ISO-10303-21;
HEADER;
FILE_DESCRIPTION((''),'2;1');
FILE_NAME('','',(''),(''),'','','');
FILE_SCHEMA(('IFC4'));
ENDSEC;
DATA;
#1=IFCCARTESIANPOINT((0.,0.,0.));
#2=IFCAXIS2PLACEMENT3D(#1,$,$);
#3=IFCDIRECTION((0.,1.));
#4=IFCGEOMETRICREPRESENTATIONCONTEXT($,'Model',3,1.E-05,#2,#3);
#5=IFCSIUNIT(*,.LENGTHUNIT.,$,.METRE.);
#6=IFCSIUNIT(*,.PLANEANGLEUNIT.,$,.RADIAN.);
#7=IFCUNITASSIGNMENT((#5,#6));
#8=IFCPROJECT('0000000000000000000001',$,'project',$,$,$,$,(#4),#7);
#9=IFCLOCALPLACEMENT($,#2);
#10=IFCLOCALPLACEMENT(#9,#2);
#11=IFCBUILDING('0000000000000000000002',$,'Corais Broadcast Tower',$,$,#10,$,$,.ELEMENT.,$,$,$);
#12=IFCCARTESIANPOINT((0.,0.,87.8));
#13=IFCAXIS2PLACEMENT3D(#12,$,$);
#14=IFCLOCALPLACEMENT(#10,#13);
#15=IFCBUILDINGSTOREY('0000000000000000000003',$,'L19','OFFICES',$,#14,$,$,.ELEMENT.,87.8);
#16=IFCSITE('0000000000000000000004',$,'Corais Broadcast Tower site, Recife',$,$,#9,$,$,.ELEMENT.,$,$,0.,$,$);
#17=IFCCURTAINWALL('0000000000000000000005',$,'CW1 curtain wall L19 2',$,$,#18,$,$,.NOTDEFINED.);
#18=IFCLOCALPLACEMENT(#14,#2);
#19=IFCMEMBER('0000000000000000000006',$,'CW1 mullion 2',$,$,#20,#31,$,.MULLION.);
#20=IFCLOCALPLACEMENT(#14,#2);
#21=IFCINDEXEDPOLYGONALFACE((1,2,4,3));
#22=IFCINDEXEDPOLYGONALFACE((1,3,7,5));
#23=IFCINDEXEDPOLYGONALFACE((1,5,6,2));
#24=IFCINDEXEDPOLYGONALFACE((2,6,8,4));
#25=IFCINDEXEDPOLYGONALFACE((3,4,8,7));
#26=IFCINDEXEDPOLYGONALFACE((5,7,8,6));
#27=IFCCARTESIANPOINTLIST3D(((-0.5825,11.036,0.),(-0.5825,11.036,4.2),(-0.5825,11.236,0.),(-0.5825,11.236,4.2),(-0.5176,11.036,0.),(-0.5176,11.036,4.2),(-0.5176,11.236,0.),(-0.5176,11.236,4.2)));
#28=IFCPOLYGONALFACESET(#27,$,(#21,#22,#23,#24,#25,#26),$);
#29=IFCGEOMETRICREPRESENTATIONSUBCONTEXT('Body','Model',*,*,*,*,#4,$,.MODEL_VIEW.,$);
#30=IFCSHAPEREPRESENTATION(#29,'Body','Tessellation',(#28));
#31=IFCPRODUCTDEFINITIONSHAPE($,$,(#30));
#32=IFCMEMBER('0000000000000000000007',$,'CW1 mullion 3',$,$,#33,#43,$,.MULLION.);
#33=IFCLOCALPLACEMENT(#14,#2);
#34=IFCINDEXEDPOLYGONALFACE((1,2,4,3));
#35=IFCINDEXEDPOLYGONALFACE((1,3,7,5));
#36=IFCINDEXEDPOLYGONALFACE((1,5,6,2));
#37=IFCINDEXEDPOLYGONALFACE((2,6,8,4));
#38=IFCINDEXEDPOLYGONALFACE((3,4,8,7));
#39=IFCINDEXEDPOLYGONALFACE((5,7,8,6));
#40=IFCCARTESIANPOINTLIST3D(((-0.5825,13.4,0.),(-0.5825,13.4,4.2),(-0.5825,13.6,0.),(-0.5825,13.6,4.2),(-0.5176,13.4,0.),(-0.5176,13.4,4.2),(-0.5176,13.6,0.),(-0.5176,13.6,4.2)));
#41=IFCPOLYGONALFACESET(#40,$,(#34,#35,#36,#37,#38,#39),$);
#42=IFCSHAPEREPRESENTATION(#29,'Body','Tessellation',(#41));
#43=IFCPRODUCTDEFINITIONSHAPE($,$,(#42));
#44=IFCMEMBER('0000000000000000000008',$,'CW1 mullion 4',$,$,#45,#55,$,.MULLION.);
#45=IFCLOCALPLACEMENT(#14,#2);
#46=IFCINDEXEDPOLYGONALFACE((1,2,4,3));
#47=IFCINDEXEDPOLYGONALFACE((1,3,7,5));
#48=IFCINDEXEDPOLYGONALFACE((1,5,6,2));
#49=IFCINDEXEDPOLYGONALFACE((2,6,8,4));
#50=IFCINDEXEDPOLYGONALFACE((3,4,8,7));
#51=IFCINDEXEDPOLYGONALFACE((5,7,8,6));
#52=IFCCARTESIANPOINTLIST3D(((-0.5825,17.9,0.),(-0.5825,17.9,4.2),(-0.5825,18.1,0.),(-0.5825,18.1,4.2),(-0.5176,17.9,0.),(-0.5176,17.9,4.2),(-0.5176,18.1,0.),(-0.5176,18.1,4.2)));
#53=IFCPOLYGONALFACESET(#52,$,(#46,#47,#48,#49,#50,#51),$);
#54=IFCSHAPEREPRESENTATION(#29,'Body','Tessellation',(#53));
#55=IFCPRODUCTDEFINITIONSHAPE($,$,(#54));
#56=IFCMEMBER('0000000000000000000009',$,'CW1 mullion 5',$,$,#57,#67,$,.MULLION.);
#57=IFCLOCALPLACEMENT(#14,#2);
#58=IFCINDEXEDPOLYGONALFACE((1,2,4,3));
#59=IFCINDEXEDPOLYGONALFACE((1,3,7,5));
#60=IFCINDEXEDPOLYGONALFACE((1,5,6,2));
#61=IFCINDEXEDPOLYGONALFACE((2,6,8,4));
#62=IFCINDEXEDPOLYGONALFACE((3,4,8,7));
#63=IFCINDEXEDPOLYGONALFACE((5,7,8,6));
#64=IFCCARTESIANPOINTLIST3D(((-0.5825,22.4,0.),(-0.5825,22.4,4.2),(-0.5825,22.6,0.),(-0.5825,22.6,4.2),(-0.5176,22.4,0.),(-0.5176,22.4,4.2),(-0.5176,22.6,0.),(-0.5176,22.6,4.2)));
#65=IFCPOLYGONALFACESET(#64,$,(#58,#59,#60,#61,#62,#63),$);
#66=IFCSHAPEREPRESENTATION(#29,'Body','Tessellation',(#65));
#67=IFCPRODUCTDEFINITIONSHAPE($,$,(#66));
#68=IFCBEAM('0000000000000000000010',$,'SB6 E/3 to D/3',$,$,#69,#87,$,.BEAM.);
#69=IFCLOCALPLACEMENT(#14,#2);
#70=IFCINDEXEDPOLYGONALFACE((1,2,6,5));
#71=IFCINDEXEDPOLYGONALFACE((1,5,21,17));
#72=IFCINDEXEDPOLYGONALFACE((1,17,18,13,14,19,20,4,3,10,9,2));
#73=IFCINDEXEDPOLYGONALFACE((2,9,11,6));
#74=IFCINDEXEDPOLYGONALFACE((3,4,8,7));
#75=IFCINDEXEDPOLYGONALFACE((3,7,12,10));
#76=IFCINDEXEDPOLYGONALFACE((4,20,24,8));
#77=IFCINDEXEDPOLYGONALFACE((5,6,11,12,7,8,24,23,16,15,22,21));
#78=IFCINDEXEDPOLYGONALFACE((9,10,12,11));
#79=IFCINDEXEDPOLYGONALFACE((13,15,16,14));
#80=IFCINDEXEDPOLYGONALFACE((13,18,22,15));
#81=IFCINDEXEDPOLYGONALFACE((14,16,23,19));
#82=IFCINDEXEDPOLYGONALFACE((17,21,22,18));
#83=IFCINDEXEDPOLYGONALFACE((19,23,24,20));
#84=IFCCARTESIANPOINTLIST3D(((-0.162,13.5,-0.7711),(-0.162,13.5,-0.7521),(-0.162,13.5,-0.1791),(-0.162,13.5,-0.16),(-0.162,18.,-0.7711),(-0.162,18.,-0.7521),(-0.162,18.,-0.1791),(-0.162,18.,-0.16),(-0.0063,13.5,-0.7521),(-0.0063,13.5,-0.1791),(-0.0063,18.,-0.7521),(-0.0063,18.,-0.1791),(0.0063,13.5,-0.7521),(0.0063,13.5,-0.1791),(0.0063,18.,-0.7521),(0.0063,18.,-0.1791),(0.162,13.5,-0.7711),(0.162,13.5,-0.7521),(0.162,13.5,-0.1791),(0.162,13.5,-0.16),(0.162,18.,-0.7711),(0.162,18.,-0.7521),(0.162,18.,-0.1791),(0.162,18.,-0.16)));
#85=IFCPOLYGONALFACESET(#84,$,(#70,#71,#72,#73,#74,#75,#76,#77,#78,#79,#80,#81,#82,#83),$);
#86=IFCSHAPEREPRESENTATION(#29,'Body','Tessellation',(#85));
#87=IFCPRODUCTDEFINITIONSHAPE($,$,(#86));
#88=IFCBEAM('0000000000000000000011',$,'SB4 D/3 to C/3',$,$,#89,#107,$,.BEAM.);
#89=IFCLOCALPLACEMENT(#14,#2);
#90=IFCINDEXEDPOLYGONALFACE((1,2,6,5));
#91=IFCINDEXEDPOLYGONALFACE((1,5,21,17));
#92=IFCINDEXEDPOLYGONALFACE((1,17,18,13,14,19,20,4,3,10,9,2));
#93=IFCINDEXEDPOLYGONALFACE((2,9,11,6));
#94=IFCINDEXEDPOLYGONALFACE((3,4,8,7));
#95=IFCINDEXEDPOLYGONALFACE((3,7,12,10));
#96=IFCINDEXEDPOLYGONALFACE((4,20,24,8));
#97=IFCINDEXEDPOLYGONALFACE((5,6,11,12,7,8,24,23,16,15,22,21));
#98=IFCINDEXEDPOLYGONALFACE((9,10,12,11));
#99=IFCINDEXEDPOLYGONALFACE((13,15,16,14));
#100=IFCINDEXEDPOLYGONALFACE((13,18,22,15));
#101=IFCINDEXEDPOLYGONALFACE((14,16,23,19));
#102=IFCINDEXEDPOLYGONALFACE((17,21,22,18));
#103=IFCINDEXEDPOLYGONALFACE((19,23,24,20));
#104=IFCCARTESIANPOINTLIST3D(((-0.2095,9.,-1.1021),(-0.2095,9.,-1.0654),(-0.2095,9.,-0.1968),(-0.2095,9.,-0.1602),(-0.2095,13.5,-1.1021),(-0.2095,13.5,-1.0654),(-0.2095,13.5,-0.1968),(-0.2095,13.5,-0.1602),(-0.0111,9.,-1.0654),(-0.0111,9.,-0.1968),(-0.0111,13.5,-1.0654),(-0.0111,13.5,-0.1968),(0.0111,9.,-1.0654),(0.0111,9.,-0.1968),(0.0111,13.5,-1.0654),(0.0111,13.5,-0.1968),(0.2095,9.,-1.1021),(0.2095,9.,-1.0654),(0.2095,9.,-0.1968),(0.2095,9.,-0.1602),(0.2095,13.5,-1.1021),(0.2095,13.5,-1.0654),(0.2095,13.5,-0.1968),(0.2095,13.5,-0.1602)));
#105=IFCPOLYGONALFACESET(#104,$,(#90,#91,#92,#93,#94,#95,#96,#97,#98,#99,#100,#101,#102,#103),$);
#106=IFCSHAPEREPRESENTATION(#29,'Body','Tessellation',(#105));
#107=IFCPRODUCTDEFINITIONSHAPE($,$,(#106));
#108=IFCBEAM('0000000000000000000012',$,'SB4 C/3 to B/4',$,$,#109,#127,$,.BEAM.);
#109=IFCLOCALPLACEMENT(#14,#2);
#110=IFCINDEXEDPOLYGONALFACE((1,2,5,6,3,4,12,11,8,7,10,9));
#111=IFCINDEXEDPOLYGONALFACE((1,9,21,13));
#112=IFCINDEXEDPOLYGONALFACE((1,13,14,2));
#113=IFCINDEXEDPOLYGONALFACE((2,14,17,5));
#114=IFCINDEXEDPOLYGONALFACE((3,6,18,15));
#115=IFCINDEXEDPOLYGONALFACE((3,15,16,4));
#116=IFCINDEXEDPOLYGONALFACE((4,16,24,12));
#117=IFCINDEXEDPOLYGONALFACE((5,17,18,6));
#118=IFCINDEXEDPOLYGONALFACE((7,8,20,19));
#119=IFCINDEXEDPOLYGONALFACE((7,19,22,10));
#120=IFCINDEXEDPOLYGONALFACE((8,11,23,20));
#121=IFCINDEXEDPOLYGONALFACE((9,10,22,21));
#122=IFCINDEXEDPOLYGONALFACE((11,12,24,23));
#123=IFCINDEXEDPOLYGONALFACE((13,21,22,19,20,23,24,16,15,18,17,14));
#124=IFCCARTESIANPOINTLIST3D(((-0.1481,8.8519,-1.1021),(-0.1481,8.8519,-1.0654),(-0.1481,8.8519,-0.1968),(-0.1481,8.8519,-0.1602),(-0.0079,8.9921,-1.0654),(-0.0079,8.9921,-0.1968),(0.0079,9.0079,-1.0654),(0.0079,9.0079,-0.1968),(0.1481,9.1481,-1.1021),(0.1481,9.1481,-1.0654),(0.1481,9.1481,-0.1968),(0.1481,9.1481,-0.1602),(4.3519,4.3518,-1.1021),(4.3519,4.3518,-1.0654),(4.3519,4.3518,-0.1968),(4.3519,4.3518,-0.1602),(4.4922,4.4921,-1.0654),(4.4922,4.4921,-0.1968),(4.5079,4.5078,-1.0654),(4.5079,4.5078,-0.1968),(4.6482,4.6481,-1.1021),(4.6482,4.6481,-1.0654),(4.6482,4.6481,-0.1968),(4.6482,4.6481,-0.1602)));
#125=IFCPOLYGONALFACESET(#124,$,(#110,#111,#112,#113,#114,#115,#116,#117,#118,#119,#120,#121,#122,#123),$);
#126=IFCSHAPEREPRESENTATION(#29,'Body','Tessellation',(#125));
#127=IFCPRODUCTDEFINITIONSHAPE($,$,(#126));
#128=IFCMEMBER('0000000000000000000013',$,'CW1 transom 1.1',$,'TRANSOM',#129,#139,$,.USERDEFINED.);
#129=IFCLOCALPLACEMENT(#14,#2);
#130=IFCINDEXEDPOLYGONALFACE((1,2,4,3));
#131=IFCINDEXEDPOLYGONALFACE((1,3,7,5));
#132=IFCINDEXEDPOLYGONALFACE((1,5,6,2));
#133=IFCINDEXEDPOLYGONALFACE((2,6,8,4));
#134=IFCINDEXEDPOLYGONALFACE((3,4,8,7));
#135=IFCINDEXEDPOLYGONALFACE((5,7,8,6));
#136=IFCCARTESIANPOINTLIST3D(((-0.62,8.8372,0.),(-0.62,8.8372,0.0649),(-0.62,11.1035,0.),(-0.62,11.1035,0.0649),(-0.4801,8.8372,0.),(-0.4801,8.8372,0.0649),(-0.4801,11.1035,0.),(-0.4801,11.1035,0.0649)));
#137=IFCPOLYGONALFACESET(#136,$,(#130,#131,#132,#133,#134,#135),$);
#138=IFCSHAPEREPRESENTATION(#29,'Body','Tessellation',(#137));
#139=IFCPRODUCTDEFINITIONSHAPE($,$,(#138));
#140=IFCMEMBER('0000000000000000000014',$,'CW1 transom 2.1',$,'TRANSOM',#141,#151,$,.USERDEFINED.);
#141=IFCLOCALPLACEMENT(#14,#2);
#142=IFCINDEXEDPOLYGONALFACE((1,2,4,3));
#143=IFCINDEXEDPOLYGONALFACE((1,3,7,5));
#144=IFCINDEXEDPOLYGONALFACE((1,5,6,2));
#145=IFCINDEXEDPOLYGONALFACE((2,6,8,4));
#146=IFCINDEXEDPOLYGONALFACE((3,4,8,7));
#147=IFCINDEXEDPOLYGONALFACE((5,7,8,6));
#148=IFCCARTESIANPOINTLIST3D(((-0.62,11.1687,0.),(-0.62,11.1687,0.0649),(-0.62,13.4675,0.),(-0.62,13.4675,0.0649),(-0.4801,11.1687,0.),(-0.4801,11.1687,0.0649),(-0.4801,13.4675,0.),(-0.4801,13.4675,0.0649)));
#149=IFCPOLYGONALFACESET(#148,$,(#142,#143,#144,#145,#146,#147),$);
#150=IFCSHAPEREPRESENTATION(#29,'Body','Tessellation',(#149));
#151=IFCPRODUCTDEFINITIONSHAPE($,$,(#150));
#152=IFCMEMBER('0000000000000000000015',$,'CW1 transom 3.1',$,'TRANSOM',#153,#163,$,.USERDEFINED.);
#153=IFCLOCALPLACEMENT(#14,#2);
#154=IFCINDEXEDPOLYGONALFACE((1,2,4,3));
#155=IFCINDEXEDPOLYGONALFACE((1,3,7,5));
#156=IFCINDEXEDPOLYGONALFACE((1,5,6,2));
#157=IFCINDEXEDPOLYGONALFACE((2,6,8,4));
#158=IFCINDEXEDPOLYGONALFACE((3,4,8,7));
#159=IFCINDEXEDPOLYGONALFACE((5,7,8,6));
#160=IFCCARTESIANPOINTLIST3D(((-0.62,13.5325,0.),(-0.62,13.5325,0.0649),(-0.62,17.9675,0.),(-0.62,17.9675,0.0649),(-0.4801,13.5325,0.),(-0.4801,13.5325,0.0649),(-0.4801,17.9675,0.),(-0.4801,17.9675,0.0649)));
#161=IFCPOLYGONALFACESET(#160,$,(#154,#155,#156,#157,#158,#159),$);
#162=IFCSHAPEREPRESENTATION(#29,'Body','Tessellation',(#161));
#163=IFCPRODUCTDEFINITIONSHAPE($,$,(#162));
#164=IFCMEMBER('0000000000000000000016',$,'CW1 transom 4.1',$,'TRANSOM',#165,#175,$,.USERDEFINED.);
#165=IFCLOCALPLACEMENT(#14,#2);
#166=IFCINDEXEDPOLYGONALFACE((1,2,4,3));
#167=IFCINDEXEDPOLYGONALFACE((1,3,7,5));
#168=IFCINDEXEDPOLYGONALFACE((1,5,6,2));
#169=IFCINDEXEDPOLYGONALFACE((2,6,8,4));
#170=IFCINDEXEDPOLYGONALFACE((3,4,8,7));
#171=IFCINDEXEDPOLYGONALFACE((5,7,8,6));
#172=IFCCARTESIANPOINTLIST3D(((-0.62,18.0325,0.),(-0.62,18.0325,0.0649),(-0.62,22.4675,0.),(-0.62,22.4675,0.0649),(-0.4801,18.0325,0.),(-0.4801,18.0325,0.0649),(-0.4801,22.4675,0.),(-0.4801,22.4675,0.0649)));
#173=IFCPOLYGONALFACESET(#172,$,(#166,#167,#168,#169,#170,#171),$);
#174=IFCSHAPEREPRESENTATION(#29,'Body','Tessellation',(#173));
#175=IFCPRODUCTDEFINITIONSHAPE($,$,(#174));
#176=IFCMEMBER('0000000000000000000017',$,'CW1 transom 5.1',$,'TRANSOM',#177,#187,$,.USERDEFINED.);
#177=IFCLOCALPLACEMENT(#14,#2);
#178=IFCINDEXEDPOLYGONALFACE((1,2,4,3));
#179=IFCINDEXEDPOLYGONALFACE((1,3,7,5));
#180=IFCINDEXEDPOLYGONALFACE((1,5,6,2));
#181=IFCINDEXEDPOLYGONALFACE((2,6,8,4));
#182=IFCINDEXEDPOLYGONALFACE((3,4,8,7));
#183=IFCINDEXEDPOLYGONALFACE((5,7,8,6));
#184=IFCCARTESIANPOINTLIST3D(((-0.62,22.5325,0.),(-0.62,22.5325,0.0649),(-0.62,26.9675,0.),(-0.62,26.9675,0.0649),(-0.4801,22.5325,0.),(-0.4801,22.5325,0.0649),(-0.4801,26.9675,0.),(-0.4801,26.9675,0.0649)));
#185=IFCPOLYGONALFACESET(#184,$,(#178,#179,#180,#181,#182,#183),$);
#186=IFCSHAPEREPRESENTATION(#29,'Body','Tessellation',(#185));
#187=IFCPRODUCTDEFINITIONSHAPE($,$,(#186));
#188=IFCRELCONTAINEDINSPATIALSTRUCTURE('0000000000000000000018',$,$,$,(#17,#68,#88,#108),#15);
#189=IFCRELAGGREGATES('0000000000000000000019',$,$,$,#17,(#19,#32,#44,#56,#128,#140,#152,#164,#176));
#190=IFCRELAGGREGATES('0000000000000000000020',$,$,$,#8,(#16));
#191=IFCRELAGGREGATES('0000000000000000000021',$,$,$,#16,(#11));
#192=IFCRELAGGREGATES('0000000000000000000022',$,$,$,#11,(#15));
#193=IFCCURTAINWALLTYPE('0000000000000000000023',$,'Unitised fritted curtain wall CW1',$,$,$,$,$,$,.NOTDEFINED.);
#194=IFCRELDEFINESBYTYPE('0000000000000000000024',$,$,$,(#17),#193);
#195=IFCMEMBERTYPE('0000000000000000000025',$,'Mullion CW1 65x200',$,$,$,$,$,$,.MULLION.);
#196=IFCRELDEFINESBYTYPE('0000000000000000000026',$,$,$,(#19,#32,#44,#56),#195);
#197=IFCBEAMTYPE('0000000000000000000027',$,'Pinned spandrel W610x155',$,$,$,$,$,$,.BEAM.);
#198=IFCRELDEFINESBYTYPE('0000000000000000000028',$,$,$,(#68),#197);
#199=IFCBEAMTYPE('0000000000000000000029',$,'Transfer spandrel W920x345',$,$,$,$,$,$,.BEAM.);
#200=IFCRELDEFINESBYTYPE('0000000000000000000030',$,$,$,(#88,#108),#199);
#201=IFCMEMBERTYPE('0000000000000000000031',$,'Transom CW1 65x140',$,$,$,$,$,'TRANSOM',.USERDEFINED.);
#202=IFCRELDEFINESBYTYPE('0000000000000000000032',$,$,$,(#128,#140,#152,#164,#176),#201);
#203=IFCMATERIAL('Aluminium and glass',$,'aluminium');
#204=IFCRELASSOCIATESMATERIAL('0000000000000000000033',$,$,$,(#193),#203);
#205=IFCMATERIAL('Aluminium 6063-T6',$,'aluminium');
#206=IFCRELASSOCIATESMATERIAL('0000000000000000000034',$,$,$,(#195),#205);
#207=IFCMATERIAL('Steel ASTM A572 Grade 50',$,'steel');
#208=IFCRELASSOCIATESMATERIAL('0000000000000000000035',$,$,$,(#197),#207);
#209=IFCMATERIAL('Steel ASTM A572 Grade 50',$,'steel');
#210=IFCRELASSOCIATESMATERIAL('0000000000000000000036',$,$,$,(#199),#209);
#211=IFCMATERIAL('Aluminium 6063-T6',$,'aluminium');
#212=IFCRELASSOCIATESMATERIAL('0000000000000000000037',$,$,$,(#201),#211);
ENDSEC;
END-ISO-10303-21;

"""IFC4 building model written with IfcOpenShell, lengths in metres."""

from ifc_helpers import new_model, si_unit, direction, frame, origin, origin_2d, place, context, subcontext, project, spatial, rectangle, i_section, extrude, material, material_profile, profile_set, type_object, element, aggregate, save


model = new_model("IFC4")

# Units and contexts
model_context = context("Model", 3, precision=1e-05, world=origin(), true_north=direction((0.0, 1.0)))
body_context = subcontext(model_context, "Body", "Model", "MODEL_VIEW")
ifc_project = project(units=[si_unit("LENGTHUNIT", "METRE"), si_unit("PLANEANGLEUNIT", "RADIAN")], contexts=[model_context])

# Site, building, storey
site_placement = place(None, origin())
site = spatial("IfcSite", under=ifc_project, at=site_placement, Name="Corais Broadcast Tower site, Recife", CompositionType="ELEMENT", RefElevation=0.0)
building_placement = place(site_placement, origin())
building = spatial("IfcBuilding", under=site, at=building_placement, Name="Corais Broadcast Tower", CompositionType="ELEMENT")
storey_placement = place(building_placement, frame((0.0, 0.0, 87.8)))
storey = spatial("IfcBuildingStorey", under=building, at=storey_placement, Name="L19", Description="OFFICES", CompositionType="ELEMENT", Elevation=87.8)

# Shared definitions
ifc_material_1 = material(Name="Aluminium and glass", Category="aluminium")
curtain_wall_type = type_object("IfcCurtainWallType", Name="Unitised fritted curtain wall CW1", PredefinedType="NOTDEFINED", material=ifc_material_1)
ifc_material_2 = material(Name="Aluminium 6063-T6", Category="aluminium")
ifc_material_profile_1 = material_profile(ifc_material_2, rectangle(XDim=0.0649, YDim=0.2, at=origin_2d()), Name="Mullion CW1 65x200")
ifc_profile_set_1 = profile_set([ifc_material_profile_1], Name="Aluminium 6063-T6")
member_type_1 = type_object("IfcMemberType", Name="Mullion CW1 65x200", PredefinedType="MULLION", material=ifc_profile_set_1)

# Curtain wall, members
curtain_wall_1_placement = place(storey_placement, origin())
curtain_wall_1 = element("IfcCurtainWall", 1, at=curtain_wall_1_placement, inside=storey, type_object=curtain_wall_type, Name="CW1 curtain wall L19 2", PredefinedType="NOTDEFINED")
member_1_placement = place(storey_placement, frame((-0.55, 11.136, 0.0), z_axis=(0.0, 0.0, 1.0), x_axis=(-1.0, 0.0, 0.0)))
member_1 = element("IfcMember", 2, at=member_1_placement, type_object=member_type_1, Name="CW1 mullion 2", PredefinedType="MULLION", context=body_context, shape_type="SweptSolid", body=[
    extrude(rectangle(XDim=0.0649, YDim=0.2, at=origin_2d()), origin(), (0.0, 0.0, 1.0), 4.2),
])
member_2_placement = place(storey_placement, frame((-0.55, 13.5, 0.0), z_axis=(0.0, 0.0, 1.0), x_axis=(-1.0, 0.0, 0.0)))
member_2 = element("IfcMember", 3, at=member_2_placement, type_object=member_type_1, Name="CW1 mullion 3", PredefinedType="MULLION", context=body_context, shape_type="SweptSolid", body=[
    extrude(rectangle(XDim=0.0649, YDim=0.2, at=origin_2d()), origin(), (0.0, 0.0, 1.0), 4.2),
])
member_3_placement = place(storey_placement, frame((-0.55, 18.0, 0.0), z_axis=(0.0, 0.0, 1.0), x_axis=(-1.0, 0.0, 0.0)))
member_3 = element("IfcMember", 4, at=member_3_placement, type_object=member_type_1, Name="CW1 mullion 4", PredefinedType="MULLION", context=body_context, shape_type="SweptSolid", body=[
    extrude(rectangle(XDim=0.0649, YDim=0.2, at=origin_2d()), origin(), (0.0, 0.0, 1.0), 4.2),
])
member_4_placement = place(storey_placement, frame((-0.55, 22.5, 0.0), z_axis=(0.0, 0.0, 1.0), x_axis=(-1.0, 0.0, 0.0)))
member_4 = element("IfcMember", 5, at=member_4_placement, type_object=member_type_1, Name="CW1 mullion 5", PredefinedType="MULLION", context=body_context, shape_type="SweptSolid", body=[
    extrude(rectangle(XDim=0.0649, YDim=0.2, at=origin_2d()), origin(), (0.0, 0.0, 1.0), 4.2),
])

# Beams
ifc_material_3 = material(Name="Steel ASTM A572 Grade 50", Category="steel")
ifc_material_profile_2 = material_profile(ifc_material_3, i_section(OverallWidth=0.324, OverallDepth=0.6111, WebThickness=0.0127, FlangeThickness=0.019, at=origin_2d()), Name="W610x155")
ifc_profile_set_2 = profile_set([ifc_material_profile_2], Name="Steel ASTM A572 Grade 50")
beam_type_1 = type_object("IfcBeamType", Name="Pinned spandrel W610x155", PredefinedType="BEAM", material=ifc_profile_set_2)
beam_1_placement = place(storey_placement, frame((0.0, 18.0, -0.4656), z_axis=(0.0, -1.0, 0.0), x_axis=(1.0, 0.0, 0.0)))
element("IfcBeam", 6, at=beam_1_placement, inside=storey, type_object=beam_type_1, Name="SB6 E/3 to D/3", PredefinedType="BEAM", context=body_context, shape_type="SweptSolid", body=[
    extrude(i_section(OverallWidth=0.324, OverallDepth=0.6111, WebThickness=0.0127, FlangeThickness=0.019, at=origin_2d()), origin(), (0.0, 0.0, 1.0), 4.5),
])
ifc_material_4 = material(Name="Steel ASTM A572 Grade 50", Category="steel")
ifc_material_profile_3 = material_profile(ifc_material_4, i_section(OverallWidth=0.4189, OverallDepth=0.9419, WebThickness=0.0222, FlangeThickness=0.0366, at=origin_2d()), Name="W920x345")
ifc_profile_set_3 = profile_set([ifc_material_profile_3], Name="Steel ASTM A572 Grade 50")
beam_type_2 = type_object("IfcBeamType", Name="Transfer spandrel W920x345", PredefinedType="BEAM", material=ifc_profile_set_3)
beam_2_placement = place(storey_placement, frame((0.0, 13.5, -0.6311), z_axis=(0.0, -1.0, 0.0), x_axis=(1.0, 0.0, 0.0)))
element("IfcBeam", 7, at=beam_2_placement, inside=storey, type_object=beam_type_2, Name="SB4 D/3 to C/3", PredefinedType="BEAM", context=body_context, shape_type="SweptSolid", body=[
    extrude(i_section(OverallWidth=0.4189, OverallDepth=0.9419, WebThickness=0.0222, FlangeThickness=0.0366, at=origin_2d()), origin(), (0.0, 0.0, 1.0), 4.5),
])
beam_3_placement = place(storey_placement, frame((0.0, 9.0, -0.6311), z_axis=(0.707107, -0.707107, 0.0), x_axis=(0.707107, 0.707107, 0.0)))
element("IfcBeam", 8, at=beam_3_placement, inside=storey, type_object=beam_type_2, Name="SB4 C/3 to B/4", PredefinedType="BEAM", context=body_context, shape_type="SweptSolid", body=[
    extrude(i_section(OverallWidth=0.4189, OverallDepth=0.9419, WebThickness=0.0222, FlangeThickness=0.0366, at=origin_2d()), origin(), (0.0, 0.0, 1.0), 6.364),
])

# Members
ifc_material_5 = material(Name="Aluminium 6063-T6", Category="aluminium")
ifc_material_profile_4 = material_profile(ifc_material_5, rectangle(XDim=0.1399, YDim=0.0649, at=origin_2d()), Name="Transom CW1 65x140")
ifc_profile_set_4 = profile_set([ifc_material_profile_4], Name="Aluminium 6063-T6")
member_type_2 = type_object("IfcMemberType", Name="Transom CW1 65x140", ElementType="TRANSOM", PredefinedType="USERDEFINED", material=ifc_profile_set_4)
member_5_placement = place(storey_placement, frame((-0.55, 8.8372, 0.0325), z_axis=(0.0, 1.0, 0.0), x_axis=(-1.0, 0.0, 0.0)))
member_5 = element("IfcMember", 9, at=member_5_placement, type_object=member_type_2, Name="CW1 transom 1.1", ObjectType="TRANSOM", PredefinedType="USERDEFINED", context=body_context, shape_type="SweptSolid", body=[
    extrude(rectangle(XDim=0.1399, YDim=0.0649, at=origin_2d()), origin(), (0.0, 0.0, 1.0), 2.2664),
])
member_6_placement = place(storey_placement, frame((-0.55, 11.1687, 0.0325), z_axis=(0.0, 1.0, 0.0), x_axis=(-1.0, 0.0, 0.0)))
member_6 = element("IfcMember", 10, at=member_6_placement, type_object=member_type_2, Name="CW1 transom 2.1", ObjectType="TRANSOM", PredefinedType="USERDEFINED", context=body_context, shape_type="SweptSolid", body=[
    extrude(rectangle(XDim=0.1399, YDim=0.0649, at=origin_2d()), origin(), (0.0, 0.0, 1.0), 2.2988),
])
member_7_placement = place(storey_placement, frame((-0.55, 13.5325, 0.0325), z_axis=(0.0, 1.0, 0.0), x_axis=(-1.0, 0.0, 0.0)))
member_7 = element("IfcMember", 11, at=member_7_placement, type_object=member_type_2, Name="CW1 transom 3.1", ObjectType="TRANSOM", PredefinedType="USERDEFINED", context=body_context, shape_type="SweptSolid", body=[
    extrude(rectangle(XDim=0.1399, YDim=0.0649, at=origin_2d()), origin(), (0.0, 0.0, 1.0), 4.4351),
])
member_8_placement = place(storey_placement, frame((-0.55, 18.0325, 0.0325), z_axis=(0.0, 1.0, 0.0), x_axis=(-1.0, 0.0, 0.0)))
member_8 = element("IfcMember", 12, at=member_8_placement, type_object=member_type_2, Name="CW1 transom 4.1", ObjectType="TRANSOM", PredefinedType="USERDEFINED", context=body_context, shape_type="SweptSolid", body=[
    extrude(rectangle(XDim=0.1399, YDim=0.0649, at=origin_2d()), origin(), (0.0, 0.0, 1.0), 4.4351),
])
member_9_placement = place(storey_placement, frame((-0.55, 22.5325, 0.0325), z_axis=(0.0, 1.0, 0.0), x_axis=(-1.0, 0.0, 0.0)))
member_9 = element("IfcMember", 13, at=member_9_placement, type_object=member_type_2, Name="CW1 transom 5.1", ObjectType="TRANSOM", PredefinedType="USERDEFINED", context=body_context, shape_type="SweptSolid", body=[
    extrude(rectangle(XDim=0.1399, YDim=0.0649, at=origin_2d()), origin(), (0.0, 0.0, 1.0), 4.4351),
])

aggregate(curtain_wall_1, [member_1, member_2, member_3, member_4, member_5, member_6, member_7, member_8, member_9])

save(model, "model.ifc")
